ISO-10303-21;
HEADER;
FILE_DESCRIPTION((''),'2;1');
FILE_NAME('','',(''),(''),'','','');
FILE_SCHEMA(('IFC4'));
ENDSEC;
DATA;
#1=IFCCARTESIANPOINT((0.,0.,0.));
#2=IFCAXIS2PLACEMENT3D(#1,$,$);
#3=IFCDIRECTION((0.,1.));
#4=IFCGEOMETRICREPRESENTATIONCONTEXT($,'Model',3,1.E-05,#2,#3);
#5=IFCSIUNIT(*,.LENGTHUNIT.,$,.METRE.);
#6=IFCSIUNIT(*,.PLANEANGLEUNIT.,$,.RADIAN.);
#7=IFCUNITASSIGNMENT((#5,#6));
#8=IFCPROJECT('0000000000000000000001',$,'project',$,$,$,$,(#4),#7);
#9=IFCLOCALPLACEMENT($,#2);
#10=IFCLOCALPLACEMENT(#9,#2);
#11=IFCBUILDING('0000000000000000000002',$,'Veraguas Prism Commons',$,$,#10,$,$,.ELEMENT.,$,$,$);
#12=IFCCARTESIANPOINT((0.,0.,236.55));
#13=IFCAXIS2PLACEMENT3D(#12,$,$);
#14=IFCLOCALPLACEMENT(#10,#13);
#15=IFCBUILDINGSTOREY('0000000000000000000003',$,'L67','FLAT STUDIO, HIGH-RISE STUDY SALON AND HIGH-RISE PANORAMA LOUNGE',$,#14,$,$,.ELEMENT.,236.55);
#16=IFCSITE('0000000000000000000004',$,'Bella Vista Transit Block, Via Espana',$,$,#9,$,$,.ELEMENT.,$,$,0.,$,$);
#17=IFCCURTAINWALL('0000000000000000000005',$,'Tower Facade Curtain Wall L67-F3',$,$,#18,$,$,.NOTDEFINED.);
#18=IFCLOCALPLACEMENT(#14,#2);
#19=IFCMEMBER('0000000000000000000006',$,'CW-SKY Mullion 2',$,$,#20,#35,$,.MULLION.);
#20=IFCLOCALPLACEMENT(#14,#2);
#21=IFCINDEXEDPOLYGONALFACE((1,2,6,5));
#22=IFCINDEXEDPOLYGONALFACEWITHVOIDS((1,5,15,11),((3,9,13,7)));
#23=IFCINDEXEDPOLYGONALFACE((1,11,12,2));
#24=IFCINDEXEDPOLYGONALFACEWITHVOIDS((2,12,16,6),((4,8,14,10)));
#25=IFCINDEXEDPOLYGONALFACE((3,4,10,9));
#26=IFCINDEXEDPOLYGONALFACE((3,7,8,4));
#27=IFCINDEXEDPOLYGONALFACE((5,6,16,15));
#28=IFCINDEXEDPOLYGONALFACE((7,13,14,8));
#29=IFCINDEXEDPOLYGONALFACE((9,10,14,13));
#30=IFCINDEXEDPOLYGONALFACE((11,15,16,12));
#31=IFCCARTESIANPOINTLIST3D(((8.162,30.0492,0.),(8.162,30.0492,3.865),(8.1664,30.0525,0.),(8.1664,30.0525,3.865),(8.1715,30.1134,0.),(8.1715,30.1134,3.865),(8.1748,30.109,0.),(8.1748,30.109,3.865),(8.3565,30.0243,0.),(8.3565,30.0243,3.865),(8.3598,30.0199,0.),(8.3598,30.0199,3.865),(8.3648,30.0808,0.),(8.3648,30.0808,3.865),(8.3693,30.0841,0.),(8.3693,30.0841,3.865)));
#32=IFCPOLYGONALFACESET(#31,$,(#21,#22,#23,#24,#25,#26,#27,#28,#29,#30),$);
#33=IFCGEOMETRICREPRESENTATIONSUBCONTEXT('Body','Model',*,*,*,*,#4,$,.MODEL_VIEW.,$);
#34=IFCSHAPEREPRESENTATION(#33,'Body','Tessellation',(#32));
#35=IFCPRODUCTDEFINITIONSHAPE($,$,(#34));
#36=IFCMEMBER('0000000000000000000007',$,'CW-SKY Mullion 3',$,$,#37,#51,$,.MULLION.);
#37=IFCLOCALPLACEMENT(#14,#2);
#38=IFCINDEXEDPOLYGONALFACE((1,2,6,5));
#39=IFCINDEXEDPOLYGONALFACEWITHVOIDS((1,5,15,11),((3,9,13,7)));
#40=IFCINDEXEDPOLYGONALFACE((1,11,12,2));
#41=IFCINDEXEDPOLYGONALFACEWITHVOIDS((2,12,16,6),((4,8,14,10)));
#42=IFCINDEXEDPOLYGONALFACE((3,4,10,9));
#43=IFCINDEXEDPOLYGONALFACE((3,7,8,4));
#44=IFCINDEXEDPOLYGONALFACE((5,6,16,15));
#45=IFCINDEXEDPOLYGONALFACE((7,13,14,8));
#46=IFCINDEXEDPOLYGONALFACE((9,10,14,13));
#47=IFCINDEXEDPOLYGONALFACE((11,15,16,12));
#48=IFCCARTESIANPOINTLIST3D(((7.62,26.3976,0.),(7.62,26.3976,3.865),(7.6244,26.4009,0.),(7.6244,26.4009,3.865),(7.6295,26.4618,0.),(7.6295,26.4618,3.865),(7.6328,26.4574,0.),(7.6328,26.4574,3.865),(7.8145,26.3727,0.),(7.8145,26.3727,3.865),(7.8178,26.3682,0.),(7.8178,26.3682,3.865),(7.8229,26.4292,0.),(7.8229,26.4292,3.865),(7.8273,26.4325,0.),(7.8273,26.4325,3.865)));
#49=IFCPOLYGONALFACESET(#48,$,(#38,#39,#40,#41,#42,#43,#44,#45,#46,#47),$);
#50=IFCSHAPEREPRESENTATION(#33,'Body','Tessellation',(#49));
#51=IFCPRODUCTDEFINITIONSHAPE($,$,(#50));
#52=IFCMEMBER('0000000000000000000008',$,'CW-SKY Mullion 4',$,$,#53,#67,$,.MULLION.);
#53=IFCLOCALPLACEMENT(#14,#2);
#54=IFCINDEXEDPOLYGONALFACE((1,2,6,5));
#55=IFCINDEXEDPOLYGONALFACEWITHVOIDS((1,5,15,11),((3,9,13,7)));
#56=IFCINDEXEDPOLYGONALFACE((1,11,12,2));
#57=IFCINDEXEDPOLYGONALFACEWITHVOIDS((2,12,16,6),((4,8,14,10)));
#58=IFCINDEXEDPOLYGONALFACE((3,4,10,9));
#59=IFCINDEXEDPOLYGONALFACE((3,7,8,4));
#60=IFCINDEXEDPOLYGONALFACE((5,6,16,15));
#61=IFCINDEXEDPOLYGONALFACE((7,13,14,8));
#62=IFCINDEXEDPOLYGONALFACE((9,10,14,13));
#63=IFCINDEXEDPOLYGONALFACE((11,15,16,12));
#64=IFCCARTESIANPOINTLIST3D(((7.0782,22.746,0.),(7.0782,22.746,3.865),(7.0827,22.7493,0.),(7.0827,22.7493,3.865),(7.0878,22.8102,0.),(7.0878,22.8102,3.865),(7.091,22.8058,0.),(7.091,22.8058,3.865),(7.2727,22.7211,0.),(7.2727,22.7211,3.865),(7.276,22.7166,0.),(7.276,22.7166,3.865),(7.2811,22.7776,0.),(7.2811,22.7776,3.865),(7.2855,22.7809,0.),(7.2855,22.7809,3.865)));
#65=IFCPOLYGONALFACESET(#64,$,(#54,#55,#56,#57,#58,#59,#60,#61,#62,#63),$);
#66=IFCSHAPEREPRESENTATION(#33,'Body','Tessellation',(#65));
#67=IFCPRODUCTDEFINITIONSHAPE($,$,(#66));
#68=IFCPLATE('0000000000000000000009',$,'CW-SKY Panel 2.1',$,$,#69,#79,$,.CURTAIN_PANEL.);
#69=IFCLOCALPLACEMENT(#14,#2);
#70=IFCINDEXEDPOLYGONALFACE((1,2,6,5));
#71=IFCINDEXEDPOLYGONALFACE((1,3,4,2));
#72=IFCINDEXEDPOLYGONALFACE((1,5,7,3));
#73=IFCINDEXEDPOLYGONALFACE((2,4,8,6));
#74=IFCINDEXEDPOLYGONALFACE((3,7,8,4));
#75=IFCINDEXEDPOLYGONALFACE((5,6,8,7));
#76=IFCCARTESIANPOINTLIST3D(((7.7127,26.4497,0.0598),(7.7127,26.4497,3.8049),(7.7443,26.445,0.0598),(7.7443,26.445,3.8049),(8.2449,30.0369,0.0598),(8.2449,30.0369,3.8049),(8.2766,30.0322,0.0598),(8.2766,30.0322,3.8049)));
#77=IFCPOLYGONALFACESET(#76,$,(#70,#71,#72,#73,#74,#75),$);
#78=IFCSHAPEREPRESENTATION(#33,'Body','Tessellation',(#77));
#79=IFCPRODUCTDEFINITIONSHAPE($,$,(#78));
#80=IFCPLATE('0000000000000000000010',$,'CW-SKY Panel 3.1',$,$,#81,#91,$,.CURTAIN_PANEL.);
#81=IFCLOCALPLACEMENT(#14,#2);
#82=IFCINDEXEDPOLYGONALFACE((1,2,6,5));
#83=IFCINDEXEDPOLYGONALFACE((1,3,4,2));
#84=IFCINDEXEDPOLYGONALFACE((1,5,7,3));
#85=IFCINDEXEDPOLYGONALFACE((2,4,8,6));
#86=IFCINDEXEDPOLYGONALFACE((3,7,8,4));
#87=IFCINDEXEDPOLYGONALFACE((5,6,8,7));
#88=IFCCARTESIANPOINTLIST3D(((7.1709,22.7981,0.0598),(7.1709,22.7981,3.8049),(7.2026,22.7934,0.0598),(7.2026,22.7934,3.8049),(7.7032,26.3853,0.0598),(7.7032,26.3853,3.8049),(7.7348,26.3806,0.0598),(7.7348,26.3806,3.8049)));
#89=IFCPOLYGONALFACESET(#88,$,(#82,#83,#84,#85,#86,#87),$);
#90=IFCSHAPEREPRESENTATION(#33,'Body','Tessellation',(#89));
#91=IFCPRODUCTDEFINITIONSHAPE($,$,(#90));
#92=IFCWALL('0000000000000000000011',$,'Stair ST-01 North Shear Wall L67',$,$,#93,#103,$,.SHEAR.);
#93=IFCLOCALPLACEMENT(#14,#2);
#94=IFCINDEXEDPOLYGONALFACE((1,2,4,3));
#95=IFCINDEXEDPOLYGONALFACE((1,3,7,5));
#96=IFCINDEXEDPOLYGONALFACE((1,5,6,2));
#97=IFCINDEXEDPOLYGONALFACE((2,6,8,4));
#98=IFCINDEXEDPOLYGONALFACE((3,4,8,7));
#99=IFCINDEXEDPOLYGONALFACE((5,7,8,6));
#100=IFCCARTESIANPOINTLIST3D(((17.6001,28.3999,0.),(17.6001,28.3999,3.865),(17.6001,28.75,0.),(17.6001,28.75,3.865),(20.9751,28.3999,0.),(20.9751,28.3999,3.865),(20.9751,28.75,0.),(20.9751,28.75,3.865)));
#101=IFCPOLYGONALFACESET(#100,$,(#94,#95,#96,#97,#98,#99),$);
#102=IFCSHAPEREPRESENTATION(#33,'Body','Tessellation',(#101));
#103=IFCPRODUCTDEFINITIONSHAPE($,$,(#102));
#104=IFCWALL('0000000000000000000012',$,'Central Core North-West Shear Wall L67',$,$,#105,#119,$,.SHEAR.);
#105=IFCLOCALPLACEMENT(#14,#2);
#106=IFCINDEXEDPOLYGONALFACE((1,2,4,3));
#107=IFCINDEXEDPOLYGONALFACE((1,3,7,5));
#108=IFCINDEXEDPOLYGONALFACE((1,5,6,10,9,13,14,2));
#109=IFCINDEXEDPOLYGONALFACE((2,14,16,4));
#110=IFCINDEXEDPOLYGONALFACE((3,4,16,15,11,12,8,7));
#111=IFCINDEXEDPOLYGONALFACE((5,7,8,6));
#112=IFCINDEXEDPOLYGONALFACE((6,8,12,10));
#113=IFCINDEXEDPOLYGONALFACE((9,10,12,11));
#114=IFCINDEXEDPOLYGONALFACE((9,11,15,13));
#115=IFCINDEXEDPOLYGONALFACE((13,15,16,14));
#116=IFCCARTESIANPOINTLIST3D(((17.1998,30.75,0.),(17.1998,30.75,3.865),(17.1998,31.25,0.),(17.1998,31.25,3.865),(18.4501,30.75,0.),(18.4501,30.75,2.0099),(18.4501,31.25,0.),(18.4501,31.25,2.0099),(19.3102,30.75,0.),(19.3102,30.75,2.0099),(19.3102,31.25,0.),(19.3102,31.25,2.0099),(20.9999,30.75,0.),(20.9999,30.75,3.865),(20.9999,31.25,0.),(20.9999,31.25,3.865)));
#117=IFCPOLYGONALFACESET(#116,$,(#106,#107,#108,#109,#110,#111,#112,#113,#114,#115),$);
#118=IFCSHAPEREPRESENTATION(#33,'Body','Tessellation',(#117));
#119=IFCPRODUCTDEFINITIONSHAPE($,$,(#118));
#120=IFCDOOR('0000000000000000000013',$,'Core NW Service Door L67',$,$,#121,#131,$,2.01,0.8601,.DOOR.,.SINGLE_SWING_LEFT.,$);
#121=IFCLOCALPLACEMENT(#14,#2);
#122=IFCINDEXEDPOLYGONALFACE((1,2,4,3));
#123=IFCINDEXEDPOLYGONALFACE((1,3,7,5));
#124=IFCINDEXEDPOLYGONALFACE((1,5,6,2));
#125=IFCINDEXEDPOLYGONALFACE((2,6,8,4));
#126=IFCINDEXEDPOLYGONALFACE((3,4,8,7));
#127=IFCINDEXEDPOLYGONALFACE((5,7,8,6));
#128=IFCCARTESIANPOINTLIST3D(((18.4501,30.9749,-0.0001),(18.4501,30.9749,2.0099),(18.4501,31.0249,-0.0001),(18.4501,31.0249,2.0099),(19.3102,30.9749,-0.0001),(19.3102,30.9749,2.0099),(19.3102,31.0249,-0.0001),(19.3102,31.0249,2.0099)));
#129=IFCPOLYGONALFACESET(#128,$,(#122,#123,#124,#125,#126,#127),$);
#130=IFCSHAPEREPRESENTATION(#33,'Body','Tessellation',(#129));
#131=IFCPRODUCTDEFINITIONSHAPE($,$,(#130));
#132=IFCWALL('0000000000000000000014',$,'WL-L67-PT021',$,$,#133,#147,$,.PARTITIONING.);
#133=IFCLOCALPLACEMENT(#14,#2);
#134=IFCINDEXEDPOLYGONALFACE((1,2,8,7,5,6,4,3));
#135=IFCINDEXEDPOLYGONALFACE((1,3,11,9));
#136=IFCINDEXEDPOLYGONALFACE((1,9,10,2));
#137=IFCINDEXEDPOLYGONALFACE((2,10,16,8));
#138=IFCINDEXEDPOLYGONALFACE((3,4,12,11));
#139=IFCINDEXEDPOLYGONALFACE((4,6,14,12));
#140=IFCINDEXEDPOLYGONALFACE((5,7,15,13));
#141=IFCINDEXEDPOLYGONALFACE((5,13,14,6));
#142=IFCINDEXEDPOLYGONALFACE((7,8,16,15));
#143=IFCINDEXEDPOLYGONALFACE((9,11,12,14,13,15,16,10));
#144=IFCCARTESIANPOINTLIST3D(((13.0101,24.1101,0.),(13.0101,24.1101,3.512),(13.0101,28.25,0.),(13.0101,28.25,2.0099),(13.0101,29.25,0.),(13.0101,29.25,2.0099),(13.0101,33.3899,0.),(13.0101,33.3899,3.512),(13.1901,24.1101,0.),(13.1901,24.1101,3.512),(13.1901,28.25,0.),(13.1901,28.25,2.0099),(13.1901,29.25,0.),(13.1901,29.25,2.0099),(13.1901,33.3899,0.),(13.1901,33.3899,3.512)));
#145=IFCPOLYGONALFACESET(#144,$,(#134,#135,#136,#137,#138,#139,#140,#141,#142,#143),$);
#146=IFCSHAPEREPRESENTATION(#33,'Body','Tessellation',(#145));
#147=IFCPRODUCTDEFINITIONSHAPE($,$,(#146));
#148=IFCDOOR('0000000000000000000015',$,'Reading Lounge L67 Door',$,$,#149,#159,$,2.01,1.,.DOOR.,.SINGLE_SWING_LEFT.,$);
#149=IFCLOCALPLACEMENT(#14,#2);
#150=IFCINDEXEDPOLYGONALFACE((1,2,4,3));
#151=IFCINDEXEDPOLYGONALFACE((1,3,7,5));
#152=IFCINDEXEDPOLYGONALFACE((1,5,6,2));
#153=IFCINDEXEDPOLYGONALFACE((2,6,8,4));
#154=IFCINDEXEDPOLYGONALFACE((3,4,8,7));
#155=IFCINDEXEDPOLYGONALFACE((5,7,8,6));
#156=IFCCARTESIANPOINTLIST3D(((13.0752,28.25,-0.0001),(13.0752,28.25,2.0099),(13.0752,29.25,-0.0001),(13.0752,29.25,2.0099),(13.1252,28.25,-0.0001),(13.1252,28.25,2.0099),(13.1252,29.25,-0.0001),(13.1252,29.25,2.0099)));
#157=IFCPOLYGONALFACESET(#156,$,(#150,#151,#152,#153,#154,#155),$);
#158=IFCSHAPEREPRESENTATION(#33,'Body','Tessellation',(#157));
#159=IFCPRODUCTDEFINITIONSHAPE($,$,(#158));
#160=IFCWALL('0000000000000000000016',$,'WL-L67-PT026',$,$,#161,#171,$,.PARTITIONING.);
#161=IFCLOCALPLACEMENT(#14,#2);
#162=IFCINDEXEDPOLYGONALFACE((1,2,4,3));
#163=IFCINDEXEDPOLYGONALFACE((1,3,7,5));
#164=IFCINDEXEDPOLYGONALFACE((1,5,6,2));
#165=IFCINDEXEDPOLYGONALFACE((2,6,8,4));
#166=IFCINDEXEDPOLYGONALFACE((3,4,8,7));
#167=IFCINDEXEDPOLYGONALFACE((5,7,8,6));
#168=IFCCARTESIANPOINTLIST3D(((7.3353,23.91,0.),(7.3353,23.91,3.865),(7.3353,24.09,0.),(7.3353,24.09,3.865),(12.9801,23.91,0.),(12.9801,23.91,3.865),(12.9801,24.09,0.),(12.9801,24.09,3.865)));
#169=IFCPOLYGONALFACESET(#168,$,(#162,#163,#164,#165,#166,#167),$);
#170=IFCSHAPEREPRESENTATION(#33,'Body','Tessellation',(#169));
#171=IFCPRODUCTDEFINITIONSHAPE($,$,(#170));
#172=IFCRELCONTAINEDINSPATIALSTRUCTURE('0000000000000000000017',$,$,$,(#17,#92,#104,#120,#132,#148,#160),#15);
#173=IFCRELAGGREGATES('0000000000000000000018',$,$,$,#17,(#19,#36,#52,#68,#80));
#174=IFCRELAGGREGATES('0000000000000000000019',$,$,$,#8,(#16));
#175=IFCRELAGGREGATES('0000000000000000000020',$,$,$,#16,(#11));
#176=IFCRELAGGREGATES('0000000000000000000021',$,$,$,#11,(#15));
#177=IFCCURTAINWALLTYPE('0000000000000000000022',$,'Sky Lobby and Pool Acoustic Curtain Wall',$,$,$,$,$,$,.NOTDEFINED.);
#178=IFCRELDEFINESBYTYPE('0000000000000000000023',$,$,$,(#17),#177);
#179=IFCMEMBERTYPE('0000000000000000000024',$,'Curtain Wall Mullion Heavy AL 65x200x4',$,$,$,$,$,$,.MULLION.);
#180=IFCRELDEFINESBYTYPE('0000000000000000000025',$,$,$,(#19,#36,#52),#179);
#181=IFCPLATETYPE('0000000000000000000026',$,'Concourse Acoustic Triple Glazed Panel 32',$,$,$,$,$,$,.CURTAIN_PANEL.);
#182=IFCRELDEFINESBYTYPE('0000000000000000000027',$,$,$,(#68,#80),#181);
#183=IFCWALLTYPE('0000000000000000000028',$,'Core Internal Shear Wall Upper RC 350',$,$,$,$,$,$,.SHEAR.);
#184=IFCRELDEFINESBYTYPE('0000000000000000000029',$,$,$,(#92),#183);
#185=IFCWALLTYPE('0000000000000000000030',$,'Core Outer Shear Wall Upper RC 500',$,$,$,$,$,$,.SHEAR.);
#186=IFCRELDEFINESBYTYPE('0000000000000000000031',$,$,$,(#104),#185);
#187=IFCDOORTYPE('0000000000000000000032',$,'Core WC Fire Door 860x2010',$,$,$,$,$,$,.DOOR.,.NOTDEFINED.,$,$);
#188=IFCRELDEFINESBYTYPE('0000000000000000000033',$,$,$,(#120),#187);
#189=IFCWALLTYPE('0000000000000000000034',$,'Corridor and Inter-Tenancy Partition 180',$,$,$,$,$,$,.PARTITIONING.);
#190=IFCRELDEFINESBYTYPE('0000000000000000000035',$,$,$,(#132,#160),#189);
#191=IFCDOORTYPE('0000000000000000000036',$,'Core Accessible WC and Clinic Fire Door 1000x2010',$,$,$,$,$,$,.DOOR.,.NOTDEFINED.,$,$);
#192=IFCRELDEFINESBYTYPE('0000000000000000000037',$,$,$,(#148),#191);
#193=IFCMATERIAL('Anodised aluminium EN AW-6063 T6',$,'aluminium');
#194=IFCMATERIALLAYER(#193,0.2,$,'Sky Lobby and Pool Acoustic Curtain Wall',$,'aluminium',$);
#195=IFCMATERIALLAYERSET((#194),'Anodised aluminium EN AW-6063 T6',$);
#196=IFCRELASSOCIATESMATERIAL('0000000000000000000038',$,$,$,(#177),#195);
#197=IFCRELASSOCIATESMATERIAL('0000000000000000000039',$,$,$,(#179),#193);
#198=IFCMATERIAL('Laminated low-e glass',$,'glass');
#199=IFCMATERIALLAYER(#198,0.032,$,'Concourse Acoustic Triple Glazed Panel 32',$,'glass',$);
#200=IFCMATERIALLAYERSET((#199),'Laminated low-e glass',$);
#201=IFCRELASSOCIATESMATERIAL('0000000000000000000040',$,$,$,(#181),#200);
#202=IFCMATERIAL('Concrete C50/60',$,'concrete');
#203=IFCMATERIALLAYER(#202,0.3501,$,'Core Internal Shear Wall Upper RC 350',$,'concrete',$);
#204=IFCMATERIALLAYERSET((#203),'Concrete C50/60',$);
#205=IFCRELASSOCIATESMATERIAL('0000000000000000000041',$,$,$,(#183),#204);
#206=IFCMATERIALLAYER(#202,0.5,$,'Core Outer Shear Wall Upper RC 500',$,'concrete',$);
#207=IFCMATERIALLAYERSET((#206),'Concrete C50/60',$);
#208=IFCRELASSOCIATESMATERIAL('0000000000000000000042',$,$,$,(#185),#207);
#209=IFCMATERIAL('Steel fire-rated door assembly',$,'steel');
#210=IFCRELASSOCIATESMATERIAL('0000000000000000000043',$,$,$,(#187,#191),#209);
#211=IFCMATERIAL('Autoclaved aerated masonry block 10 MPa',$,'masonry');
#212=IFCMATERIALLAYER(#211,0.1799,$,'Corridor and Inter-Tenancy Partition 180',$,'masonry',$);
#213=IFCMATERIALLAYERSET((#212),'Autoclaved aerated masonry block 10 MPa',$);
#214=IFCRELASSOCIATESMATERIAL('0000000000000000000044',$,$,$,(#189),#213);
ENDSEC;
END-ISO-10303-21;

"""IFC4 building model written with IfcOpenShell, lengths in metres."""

from ifc_helpers import new_model, si_unit, direction, frame, frame_2d, origin, origin_2d, place, context, subcontext, project, spatial, rectangle, hollow_rectangle, extrude, source, transform, mapped, material, layer, layer_set, material_profile, profile_set, type_object, element, fill, aggregate, save


model = new_model("IFC4")

# Units and contexts
model_context = context("Model", 3, precision=1e-05, world=origin(), true_north=direction((0.0, 1.0)))
body_context = subcontext(model_context, "Body", "Model", "MODEL_VIEW")
ifc_project = project(units=[si_unit("LENGTHUNIT", "METRE"), si_unit("PLANEANGLEUNIT", "RADIAN")], contexts=[model_context])

# Site, building, storey
site_placement = place(None, origin())
site = spatial("IfcSite", under=ifc_project, at=site_placement, Name="Bella Vista Transit Block, Via Espana", CompositionType="ELEMENT", RefElevation=0.0)
building_placement = place(site_placement, origin())
building = spatial("IfcBuilding", under=site, at=building_placement, Name="Veraguas Prism Commons", CompositionType="ELEMENT")
storey_placement = place(building_placement, frame((0.0, 0.0, 236.55)))
storey = spatial("IfcBuildingStorey", under=building, at=storey_placement, Name="L67", Description="FLAT STUDIO, HIGH-RISE STUDY SALON AND HIGH-RISE PANORAMA LOUNGE", CompositionType="ELEMENT", Elevation=236.55)

# Shared definitions
ifc_material_1 = material(Name="Concrete C50/60", Category="concrete")

# Curtain wall, members, plates
ifc_material_2 = material(Name="Anodised aluminium EN AW-6063 T6", Category="aluminium")
ifc_layer_1 = layer(ifc_material_2, 0.2, Name="Sky Lobby and Pool Acoustic Curtain Wall", Category="aluminium")
ifc_layer_set_1 = layer_set([ifc_layer_1], Name="Anodised aluminium EN AW-6063 T6")
curtain_wall_type = type_object("IfcCurtainWallType", Name="Sky Lobby and Pool Acoustic Curtain Wall", PredefinedType="NOTDEFINED", material=ifc_layer_set_1)
curtain_wall_placement = place(storey_placement, origin())
curtain_wall = element("IfcCurtainWall", 1, at=curtain_wall_placement, inside=storey, type_object=curtain_wall_type, Name="Tower Facade Curtain Wall L67-F3", PredefinedType="NOTDEFINED")
ifc_material_profile_1 = material_profile(ifc_material_2, hollow_rectangle(XDim=0.0649, YDim=0.2, WallThickness=0.0039, at=origin_2d()), Name="AL65X200X4")
ifc_profile_set_1 = profile_set([ifc_material_profile_1], Name="Anodised aluminium EN AW-6063 T6")
member_type = type_object("IfcMemberType", Name="Curtain Wall Mullion Heavy AL 65x200x4", PredefinedType="MULLION", material=ifc_profile_set_1)
shared_shape_1 = source(origin(), body_context, "Body", "SweptSolid", [
    extrude(hollow_rectangle(XDim=0.0649, YDim=0.2, WallThickness=0.0039, at=origin_2d()), origin(), (0.0, 0.0, 1.0), 3.865),
])
member_1_placement = place(storey_placement, frame((8.2656, 30.0667, 0.0), z_axis=(0.0, 0.0, 1.0), x_axis=(-0.146774, -0.98917, 0.0)))
member_1 = element("IfcMember", 2, at=member_1_placement, type_object=member_type, Name="CW-SKY Mullion 2", PredefinedType="MULLION", context=body_context, shape_type="MappedRepresentation", body=[
    mapped(shared_shape_1, transform((0.0, 0.0, 0.0), scale=1.0)),
])
member_2_placement = place(storey_placement, frame((7.7236, 26.415, 0.0), z_axis=(0.0, 0.0, 1.0), x_axis=(-0.146774, -0.98917, 0.0)))
member_2 = element("IfcMember", 3, at=member_2_placement, type_object=member_type, Name="CW-SKY Mullion 3", PredefinedType="MULLION", context=body_context, shape_type="MappedRepresentation", body=[
    mapped(shared_shape_1, transform((0.0, 0.0, 0.0), scale=1.0)),
])
member_3_placement = place(storey_placement, frame((7.1819, 22.7634, 0.0), z_axis=(0.0, 0.0, 1.0), x_axis=(-0.146774, -0.98917, 0.0)))
member_3 = element("IfcMember", 4, at=member_3_placement, type_object=member_type, Name="CW-SKY Mullion 4", PredefinedType="MULLION", context=body_context, shape_type="MappedRepresentation", body=[
    mapped(shared_shape_1, transform((0.0, 0.0, 0.0), scale=1.0)),
])
ifc_material_3 = material(Name="Laminated low-e glass", Category="glass")
ifc_layer_2 = layer(ifc_material_3, 0.032, Name="Concourse Acoustic Triple Glazed Panel 32", Category="glass")
ifc_layer_set_2 = layer_set([ifc_layer_2], Name="Laminated low-e glass")
plate_type = type_object("IfcPlateType", Name="Concourse Acoustic Triple Glazed Panel 32", PredefinedType="CURTAIN_PANEL", material=ifc_layer_set_2)
shared_shape_2 = source(origin(), body_context, "Body", "SweptSolid", [
    extrude(rectangle(XDim=3.6265, YDim=0.032, at=origin_2d()), origin(), (0.0, 0.0, 1.0), 3.7451),
])
plate_1_placement = place(storey_placement, frame((7.9946, 28.241, 0.0598), z_axis=(0.0, 0.0, 1.0), x_axis=(-0.146774, -0.98917, 0.0)))
plate_1 = element("IfcPlate", 5, at=plate_1_placement, type_object=plate_type, Name="CW-SKY Panel 2.1", PredefinedType="CURTAIN_PANEL", context=body_context, shape_type="MappedRepresentation", body=[
    mapped(shared_shape_2, transform((0.0, 0.0, 0.0), scale=1.0)),
])
plate_2_placement = place(storey_placement, frame((7.4529, 24.5894, 0.0598), z_axis=(0.0, 0.0, 1.0), x_axis=(-0.146774, -0.98917, 0.0)))
plate_2 = element("IfcPlate", 6, at=plate_2_placement, type_object=plate_type, Name="CW-SKY Panel 3.1", PredefinedType="CURTAIN_PANEL", context=body_context, shape_type="MappedRepresentation", body=[
    mapped(shared_shape_2, transform((0.0, 0.0, 0.0), scale=1.0)),
])
aggregate(curtain_wall, [member_1, member_2, member_3, plate_1, plate_2])

# Wall
ifc_layer_3 = layer(ifc_material_1, 0.3501, Name="Core Internal Shear Wall Upper RC 350", Category="concrete")
ifc_layer_set_3 = layer_set([ifc_layer_3], Name="Concrete C50/60")
wall_type_1 = type_object("IfcWallType", Name="Core Internal Shear Wall Upper RC 350", PredefinedType="SHEAR", material=ifc_layer_set_3)
wall_1_placement = place(storey_placement, frame((17.6001, 28.575, 0.0), z_axis=(0.0, 0.0, 1.0), x_axis=(1.0, 0.0, 0.0)))
element("IfcWall", 7, at=wall_1_placement, inside=storey, type_object=wall_type_1, Name="Stair ST-01 North Shear Wall L67", PredefinedType="SHEAR", context=body_context, shape_type="SweptSolid", body=[
    extrude(rectangle(XDim=3.375, YDim=0.3501, at=frame_2d((1.6875, 0.0))), origin(), (0.0, 0.0, 1.0), 3.865),
])

# Walls, openings, doors
ifc_layer_4 = layer(ifc_material_1, 0.5, Name="Core Outer Shear Wall Upper RC 500", Category="concrete")
ifc_layer_set_4 = layer_set([ifc_layer_4], Name="Concrete C50/60")
wall_type_2 = type_object("IfcWallType", Name="Core Outer Shear Wall Upper RC 500", PredefinedType="SHEAR", material=ifc_layer_set_4)
wall_2_placement = place(storey_placement, frame((17.2, 31.0, 0.0), z_axis=(0.0, 0.0, 1.0), x_axis=(1.0, 0.0, 0.0)))
wall_2 = element("IfcWall", 8, at=wall_2_placement, inside=storey, type_object=wall_type_2, Name="Central Core North-West Shear Wall L67", PredefinedType="SHEAR", context=body_context, shape_type="SweptSolid", body=[
    extrude(rectangle(XDim=3.8, YDim=0.5, at=frame_2d((1.8999, 0.0))), origin(), (0.0, 0.0, 1.0), 3.865),
])
opening_1_placement = place(wall_2_placement, frame((1.25, 0.0, 0.0)))
opening_1 = element("IfcOpeningElement", 9, at=opening_1_placement, cuts=wall_2, PredefinedType="OPENING", context=body_context, shape_type="SweptSolid", body=[
    extrude(rectangle(XDim=0.8601, YDim=2.01, at=frame_2d((0.4302, 1.0049))), frame((0.0, 0.26, 0.0), z_axis=(0.0, -1.0, 0.0), x_axis=(1.0, 0.0, 0.0)), (0.0, 0.0, 1.0), 0.52),
])
ifc_material_4 = material(Name="Steel fire-rated door assembly", Category="steel")
door_type_1 = type_object("IfcDoorType", Name="Core WC Fire Door 860x2010", OperationType="NOTDEFINED", PredefinedType="DOOR", material=ifc_material_4)
shared_shape_3 = source(origin(), body_context, "Body", "SweptSolid", [
    extrude(rectangle(XDim=0.8601, YDim=2.01, at=frame_2d((0.4302, 1.0049))), frame((0.0, 0.0249, 0.0), z_axis=(0.0, -1.0, 0.0), x_axis=(1.0, 0.0, 0.0)), (0.0, 0.0, 1.0), 0.05),
])
door_1_placement = place(opening_1_placement, origin())
door_1 = element("IfcDoor", 10, at=door_1_placement, inside=storey, type_object=door_type_1, Name="Core NW Service Door L67", OperationType="SINGLE_SWING_LEFT", OverallHeight=2.01, OverallWidth=0.8601, PredefinedType="DOOR", context=body_context, shape_type="MappedRepresentation", body=[
    mapped(shared_shape_3, transform((0.0, 0.0, 0.0), scale=1.0)),
])
fill(opening_1, door_1)
ifc_material_5 = material(Name="Autoclaved aerated masonry block 10 MPa", Category="masonry")
ifc_layer_5 = layer(ifc_material_5, 0.1799, Name="Corridor and Inter-Tenancy Partition 180", Category="masonry")
ifc_layer_set_5 = layer_set([ifc_layer_5], Name="Autoclaved aerated masonry block 10 MPa")
wall_type_3 = type_object("IfcWallType", Name="Corridor and Inter-Tenancy Partition 180", PredefinedType="PARTITIONING", material=ifc_layer_set_5)
wall_3_placement = place(storey_placement, frame((13.1001, 24.1101, 0.0), z_axis=(0.0, 0.0, 1.0), x_axis=(0.0, 1.0, 0.0)))
wall_3 = element("IfcWall", 11, at=wall_3_placement, inside=storey, type_object=wall_type_3, Name="WL-L67-PT021", PredefinedType="PARTITIONING", context=body_context, shape_type="SweptSolid", body=[
    extrude(rectangle(XDim=9.2798, YDim=0.1799, at=frame_2d((4.6399, 0.0))), origin(), (0.0, 0.0, 1.0), 3.512),
])
opening_2_placement = place(wall_3_placement, frame((4.1399, 0.0, 0.0)))
opening_2 = element("IfcOpeningElement", 12, at=opening_2_placement, cuts=wall_3, PredefinedType="OPENING", context=body_context, shape_type="SweptSolid", body=[
    extrude(rectangle(XDim=1.0, YDim=2.01, at=frame_2d((0.5, 1.0049))), frame((0.0, 0.0999, 0.0), z_axis=(0.0, -1.0, 0.0), x_axis=(1.0, 0.0, 0.0)), (0.0, 0.0, 1.0), 0.2),
])
door_type_2 = type_object("IfcDoorType", Name="Core Accessible WC and Clinic Fire Door 1000x2010", OperationType="NOTDEFINED", PredefinedType="DOOR", material=ifc_material_4)
shared_shape_4 = source(origin(), body_context, "Body", "SweptSolid", [
    extrude(rectangle(XDim=1.0, YDim=2.01, at=frame_2d((0.5, 1.0049))), frame((0.0, 0.0249, 0.0), z_axis=(0.0, -1.0, 0.0), x_axis=(1.0, 0.0, 0.0)), (0.0, 0.0, 1.0), 0.05),
])
door_2_placement = place(opening_2_placement, origin())
door_2 = element("IfcDoor", 13, at=door_2_placement, inside=storey, type_object=door_type_2, Name="Reading Lounge L67 Door", OperationType="SINGLE_SWING_LEFT", OverallHeight=2.01, OverallWidth=1.0, PredefinedType="DOOR", context=body_context, shape_type="MappedRepresentation", body=[
    mapped(shared_shape_4, transform((0.0, 0.0, 0.0), scale=1.0)),
])
fill(opening_2, door_2)

# Wall
wall_4_placement = place(storey_placement, frame((12.98, 24.0, 0.0), z_axis=(0.0, 0.0, 1.0), x_axis=(-1.0, 0.0, 0.0)))
element("IfcWall", 14, at=wall_4_placement, inside=storey, type_object=wall_type_3, Name="WL-L67-PT026", PredefinedType="PARTITIONING", context=body_context, shape_type="SweptSolid", body=[
    extrude(rectangle(XDim=5.6448, YDim=0.1799, at=frame_2d((2.8223, 0.0))), origin(), (0.0, 0.0, 1.0), 3.865),
])

save(model, "model.ifc")
